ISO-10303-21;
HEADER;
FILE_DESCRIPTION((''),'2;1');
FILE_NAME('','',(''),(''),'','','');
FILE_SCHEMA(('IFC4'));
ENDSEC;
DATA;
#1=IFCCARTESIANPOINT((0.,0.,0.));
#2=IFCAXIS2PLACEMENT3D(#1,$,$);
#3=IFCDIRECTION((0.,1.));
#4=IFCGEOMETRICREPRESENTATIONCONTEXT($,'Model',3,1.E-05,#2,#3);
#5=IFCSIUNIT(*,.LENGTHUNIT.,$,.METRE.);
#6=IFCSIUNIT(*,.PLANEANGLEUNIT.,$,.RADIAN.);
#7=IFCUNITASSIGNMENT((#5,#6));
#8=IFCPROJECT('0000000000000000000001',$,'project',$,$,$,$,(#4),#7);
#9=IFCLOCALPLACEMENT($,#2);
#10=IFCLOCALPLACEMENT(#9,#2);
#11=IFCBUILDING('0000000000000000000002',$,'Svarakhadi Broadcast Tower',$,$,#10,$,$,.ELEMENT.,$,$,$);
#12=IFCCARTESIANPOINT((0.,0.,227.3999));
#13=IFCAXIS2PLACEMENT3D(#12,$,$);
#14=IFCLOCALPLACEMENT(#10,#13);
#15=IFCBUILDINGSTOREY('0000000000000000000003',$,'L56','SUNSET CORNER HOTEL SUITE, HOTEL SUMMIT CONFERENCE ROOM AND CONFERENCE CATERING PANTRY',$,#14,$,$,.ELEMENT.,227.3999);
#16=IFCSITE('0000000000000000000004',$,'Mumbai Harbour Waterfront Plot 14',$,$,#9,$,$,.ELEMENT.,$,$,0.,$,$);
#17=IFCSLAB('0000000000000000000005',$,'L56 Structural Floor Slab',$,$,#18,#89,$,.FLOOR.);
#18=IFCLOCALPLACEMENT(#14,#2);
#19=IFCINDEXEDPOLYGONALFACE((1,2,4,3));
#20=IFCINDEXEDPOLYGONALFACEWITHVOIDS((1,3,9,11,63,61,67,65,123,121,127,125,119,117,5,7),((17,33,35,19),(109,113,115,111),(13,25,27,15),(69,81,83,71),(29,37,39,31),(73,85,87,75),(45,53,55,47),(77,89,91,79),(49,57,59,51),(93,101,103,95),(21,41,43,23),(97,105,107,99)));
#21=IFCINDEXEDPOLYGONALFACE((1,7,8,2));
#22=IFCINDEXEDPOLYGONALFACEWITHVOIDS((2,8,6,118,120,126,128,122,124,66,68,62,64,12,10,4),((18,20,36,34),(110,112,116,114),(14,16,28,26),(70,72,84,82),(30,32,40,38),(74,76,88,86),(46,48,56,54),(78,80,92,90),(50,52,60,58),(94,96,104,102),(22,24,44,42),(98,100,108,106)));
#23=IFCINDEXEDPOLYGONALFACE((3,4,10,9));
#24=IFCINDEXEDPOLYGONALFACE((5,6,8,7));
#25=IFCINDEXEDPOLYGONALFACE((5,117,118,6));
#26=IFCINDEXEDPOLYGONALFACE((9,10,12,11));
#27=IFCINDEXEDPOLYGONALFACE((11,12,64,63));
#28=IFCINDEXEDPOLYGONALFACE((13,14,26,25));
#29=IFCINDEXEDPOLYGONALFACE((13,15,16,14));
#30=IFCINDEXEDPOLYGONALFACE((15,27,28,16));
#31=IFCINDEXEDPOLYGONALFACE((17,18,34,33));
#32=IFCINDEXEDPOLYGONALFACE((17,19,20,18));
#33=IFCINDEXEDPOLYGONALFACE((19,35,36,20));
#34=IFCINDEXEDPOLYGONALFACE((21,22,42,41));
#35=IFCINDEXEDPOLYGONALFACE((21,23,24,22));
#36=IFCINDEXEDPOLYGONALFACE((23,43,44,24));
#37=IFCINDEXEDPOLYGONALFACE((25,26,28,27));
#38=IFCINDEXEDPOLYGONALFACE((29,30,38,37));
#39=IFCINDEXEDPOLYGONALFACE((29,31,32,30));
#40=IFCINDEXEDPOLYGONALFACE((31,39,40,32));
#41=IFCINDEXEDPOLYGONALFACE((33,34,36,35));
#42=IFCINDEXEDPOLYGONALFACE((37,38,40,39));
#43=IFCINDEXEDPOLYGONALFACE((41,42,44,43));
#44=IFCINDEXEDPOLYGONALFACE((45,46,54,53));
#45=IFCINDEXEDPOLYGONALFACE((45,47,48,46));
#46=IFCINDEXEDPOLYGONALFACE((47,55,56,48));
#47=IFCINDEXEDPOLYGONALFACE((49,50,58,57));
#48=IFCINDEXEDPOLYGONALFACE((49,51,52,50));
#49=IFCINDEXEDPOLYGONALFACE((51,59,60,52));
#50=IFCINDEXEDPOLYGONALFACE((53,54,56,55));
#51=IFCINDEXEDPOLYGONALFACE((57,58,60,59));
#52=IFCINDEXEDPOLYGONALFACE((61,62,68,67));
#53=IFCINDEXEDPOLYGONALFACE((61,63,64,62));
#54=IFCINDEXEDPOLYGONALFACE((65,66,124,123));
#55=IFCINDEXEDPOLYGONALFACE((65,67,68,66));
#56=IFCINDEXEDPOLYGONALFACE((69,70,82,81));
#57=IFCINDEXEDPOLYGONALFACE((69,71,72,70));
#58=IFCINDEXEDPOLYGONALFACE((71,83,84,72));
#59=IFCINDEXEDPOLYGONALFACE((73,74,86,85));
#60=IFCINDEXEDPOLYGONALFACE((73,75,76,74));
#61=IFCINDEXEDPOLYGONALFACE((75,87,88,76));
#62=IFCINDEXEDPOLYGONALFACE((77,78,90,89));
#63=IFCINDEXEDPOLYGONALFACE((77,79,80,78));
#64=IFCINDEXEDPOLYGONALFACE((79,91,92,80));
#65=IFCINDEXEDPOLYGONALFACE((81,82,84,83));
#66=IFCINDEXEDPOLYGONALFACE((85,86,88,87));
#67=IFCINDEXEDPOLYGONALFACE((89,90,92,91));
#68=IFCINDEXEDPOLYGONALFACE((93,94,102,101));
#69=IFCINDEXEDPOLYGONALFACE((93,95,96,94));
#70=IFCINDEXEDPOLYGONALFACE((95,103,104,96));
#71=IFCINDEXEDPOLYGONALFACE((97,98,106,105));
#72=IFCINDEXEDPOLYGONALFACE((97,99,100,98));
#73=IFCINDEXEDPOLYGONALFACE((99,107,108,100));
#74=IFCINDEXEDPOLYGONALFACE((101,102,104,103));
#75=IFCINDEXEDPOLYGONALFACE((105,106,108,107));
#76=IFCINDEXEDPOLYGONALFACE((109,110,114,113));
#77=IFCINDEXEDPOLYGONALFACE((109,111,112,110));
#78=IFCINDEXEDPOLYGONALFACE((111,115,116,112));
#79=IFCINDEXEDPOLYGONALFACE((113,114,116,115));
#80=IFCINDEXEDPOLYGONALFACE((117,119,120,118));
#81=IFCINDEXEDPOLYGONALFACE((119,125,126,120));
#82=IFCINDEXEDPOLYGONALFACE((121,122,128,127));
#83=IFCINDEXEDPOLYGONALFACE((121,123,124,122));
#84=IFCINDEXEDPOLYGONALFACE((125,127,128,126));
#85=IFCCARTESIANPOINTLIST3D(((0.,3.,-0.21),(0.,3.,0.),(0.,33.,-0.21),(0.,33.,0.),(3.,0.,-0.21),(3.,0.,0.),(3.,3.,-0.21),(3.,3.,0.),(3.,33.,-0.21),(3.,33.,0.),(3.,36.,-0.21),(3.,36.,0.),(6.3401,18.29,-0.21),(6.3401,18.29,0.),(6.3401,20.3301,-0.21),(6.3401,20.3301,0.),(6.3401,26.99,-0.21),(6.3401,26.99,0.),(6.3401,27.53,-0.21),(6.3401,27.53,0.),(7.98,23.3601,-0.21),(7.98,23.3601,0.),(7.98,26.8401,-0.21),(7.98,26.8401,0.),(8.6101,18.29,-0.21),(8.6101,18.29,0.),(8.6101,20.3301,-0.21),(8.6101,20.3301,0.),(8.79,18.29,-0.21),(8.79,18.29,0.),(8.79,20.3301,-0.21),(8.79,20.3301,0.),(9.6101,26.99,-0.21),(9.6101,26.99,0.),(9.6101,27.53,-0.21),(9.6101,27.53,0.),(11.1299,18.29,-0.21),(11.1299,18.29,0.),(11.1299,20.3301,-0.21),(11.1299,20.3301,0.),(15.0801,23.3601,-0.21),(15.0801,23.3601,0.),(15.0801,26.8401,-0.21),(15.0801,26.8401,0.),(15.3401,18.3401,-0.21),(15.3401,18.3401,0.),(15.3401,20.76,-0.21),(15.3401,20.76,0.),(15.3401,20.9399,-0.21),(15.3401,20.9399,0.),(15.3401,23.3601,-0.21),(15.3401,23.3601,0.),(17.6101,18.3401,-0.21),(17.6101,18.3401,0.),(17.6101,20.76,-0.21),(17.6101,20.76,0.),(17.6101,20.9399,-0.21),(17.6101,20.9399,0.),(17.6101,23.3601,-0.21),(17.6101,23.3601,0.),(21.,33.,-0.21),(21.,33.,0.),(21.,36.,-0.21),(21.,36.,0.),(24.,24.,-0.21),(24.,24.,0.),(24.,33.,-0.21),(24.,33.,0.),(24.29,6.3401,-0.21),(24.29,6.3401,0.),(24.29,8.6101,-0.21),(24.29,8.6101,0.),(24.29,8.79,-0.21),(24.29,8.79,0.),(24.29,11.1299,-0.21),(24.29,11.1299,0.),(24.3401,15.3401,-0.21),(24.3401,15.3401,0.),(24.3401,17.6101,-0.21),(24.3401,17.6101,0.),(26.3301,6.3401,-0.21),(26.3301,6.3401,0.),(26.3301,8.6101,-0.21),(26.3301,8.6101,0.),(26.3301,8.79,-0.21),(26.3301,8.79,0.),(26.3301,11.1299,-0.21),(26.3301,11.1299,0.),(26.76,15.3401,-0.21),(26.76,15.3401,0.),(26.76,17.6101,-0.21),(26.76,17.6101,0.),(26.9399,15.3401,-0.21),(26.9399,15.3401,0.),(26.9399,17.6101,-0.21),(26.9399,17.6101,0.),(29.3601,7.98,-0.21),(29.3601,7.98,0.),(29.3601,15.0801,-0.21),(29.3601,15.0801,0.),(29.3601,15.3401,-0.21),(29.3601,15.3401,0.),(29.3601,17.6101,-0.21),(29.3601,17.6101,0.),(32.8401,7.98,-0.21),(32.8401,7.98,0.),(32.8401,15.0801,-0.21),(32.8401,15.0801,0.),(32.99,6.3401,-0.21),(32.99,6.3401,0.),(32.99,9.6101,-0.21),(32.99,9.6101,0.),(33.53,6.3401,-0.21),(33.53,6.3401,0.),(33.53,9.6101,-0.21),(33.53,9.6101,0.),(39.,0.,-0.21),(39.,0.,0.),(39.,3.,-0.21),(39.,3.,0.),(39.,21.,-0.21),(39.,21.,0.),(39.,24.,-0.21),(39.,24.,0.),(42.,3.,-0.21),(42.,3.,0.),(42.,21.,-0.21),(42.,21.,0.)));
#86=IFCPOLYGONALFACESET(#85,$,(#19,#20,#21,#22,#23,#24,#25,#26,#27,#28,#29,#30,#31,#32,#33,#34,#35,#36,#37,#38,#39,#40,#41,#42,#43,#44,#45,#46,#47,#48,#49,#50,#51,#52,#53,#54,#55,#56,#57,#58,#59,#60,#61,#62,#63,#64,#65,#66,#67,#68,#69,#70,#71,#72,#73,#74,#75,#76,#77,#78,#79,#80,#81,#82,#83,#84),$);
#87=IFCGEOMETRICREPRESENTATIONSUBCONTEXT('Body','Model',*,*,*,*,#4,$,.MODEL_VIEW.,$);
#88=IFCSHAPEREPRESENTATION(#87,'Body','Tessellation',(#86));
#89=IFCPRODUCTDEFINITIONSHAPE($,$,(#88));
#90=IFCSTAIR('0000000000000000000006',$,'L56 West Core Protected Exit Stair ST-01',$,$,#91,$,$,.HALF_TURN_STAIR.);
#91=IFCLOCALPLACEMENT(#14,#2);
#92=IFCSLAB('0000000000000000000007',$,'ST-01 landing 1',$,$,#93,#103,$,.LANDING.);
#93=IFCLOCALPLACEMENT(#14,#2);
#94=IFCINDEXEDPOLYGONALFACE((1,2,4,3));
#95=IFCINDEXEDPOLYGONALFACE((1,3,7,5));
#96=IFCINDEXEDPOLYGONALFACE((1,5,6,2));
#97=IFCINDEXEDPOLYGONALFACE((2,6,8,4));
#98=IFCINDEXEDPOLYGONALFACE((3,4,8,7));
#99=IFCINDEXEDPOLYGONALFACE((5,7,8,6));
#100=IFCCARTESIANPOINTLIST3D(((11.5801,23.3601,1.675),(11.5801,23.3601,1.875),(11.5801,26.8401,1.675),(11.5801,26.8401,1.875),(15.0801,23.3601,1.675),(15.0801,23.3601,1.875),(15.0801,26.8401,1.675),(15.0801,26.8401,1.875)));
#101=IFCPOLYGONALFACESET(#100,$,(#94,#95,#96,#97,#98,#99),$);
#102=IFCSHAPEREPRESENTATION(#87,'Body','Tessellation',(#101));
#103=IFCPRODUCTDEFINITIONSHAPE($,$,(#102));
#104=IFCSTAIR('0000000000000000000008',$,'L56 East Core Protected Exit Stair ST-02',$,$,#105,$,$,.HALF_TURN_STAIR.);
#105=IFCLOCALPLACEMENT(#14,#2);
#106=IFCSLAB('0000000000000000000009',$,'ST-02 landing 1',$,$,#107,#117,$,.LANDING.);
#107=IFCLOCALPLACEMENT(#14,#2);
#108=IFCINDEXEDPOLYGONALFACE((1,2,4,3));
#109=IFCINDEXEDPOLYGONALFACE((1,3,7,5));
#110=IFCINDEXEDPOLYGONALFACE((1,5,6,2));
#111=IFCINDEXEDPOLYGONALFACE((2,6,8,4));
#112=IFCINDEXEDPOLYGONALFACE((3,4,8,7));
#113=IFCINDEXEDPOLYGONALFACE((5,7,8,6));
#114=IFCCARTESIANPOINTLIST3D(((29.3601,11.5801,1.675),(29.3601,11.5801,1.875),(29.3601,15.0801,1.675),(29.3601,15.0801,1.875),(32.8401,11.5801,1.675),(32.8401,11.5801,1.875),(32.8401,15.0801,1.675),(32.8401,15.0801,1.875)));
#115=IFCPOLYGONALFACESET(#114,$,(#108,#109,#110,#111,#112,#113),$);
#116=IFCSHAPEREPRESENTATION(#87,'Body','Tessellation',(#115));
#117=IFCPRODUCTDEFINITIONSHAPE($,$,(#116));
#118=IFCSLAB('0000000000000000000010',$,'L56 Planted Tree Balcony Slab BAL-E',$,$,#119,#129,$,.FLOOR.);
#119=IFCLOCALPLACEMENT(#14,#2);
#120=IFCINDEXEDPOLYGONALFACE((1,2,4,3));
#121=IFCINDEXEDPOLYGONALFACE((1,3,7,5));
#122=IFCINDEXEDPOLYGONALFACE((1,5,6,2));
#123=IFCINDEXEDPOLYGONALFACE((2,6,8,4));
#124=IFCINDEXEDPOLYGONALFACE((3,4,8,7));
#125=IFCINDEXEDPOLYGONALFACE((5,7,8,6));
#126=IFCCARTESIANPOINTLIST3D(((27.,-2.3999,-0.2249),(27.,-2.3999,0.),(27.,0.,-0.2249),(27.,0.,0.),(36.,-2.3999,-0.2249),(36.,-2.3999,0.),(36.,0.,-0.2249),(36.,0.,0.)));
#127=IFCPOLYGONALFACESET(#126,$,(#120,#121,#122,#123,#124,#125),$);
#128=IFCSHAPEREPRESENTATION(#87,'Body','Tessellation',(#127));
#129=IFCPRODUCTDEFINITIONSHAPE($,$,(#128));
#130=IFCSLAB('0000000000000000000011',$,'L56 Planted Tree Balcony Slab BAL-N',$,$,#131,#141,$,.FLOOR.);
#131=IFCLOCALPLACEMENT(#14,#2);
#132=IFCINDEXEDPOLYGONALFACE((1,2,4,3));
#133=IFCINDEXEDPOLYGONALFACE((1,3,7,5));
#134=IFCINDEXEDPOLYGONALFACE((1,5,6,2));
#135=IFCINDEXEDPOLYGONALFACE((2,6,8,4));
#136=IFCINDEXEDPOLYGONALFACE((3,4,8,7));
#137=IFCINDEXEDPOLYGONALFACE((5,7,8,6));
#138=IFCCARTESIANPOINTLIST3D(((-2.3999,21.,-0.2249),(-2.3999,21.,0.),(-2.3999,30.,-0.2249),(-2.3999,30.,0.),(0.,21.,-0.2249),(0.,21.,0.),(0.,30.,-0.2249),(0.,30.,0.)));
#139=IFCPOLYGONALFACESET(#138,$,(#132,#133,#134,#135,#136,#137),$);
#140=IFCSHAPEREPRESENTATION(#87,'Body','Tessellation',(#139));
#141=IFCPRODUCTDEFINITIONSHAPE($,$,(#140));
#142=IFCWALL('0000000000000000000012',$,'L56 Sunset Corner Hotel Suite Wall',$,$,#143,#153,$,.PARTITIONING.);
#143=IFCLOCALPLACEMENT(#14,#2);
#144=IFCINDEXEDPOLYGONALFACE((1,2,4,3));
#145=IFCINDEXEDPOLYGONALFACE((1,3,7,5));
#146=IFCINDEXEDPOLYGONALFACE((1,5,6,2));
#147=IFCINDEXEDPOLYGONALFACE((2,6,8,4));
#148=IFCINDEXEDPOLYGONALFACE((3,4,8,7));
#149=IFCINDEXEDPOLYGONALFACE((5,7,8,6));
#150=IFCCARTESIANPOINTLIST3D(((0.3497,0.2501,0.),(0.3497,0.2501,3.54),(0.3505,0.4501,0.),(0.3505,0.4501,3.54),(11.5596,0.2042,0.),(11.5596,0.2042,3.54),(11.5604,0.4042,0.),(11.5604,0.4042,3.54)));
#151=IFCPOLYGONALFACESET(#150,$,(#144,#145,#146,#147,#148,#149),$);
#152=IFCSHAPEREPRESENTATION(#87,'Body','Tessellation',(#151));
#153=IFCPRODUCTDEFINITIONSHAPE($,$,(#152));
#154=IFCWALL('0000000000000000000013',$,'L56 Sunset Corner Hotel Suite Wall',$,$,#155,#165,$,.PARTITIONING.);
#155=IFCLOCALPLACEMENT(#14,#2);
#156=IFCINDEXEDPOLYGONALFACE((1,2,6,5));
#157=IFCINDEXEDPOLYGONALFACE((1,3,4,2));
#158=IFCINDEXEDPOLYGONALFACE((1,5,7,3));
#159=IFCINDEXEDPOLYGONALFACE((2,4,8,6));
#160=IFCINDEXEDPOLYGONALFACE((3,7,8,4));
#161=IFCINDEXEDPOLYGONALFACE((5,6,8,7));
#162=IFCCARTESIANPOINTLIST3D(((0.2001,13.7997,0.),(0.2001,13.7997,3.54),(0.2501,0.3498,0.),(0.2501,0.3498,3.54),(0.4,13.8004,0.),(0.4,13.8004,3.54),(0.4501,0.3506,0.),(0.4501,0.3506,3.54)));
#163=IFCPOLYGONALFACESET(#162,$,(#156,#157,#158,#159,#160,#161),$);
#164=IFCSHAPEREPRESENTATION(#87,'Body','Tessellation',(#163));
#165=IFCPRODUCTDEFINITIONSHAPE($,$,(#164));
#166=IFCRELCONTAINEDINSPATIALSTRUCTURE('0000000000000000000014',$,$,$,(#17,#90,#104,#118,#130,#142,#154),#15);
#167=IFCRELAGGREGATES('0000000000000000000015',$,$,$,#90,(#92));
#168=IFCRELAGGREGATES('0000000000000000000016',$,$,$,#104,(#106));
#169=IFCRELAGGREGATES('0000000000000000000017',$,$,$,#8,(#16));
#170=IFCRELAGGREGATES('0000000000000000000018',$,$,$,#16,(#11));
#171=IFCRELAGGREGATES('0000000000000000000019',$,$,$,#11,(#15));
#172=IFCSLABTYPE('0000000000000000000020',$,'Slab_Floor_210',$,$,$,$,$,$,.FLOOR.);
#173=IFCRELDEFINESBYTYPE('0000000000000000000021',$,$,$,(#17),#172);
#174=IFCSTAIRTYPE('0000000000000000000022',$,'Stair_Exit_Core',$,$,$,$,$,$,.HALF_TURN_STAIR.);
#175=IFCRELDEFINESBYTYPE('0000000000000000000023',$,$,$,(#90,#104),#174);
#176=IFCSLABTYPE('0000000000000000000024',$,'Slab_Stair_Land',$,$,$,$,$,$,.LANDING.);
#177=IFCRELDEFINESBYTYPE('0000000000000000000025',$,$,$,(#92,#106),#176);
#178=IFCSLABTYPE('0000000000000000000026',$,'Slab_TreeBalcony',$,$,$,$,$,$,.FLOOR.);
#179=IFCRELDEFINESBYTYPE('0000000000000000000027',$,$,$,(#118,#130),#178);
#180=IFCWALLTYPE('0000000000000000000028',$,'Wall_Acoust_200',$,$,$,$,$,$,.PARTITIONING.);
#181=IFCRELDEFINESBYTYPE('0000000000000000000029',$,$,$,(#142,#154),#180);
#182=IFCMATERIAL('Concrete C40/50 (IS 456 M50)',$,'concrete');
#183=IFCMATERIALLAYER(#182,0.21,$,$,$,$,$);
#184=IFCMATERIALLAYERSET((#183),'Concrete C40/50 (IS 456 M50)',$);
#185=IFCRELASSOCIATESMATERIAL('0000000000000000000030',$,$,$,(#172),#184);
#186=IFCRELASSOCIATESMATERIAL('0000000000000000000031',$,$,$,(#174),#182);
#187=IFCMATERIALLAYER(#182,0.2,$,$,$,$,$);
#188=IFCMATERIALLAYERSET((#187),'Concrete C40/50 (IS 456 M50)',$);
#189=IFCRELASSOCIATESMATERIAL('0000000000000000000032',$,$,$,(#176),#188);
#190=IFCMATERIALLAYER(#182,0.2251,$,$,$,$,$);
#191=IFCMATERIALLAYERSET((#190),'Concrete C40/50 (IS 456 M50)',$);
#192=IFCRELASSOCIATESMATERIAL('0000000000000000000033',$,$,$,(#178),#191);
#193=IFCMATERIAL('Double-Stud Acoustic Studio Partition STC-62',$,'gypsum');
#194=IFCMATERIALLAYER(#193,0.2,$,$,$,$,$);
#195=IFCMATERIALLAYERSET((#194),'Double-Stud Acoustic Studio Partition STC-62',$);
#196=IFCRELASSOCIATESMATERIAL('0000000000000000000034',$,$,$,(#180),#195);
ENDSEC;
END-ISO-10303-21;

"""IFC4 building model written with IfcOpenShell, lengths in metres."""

from ifc_helpers import new_model, si_unit, direction, frame, frame_2d, origin, place, context, subcontext, project, spatial, polyline, rectangle, outline, extrude, material, layer, layer_set, type_object, element, aggregate, save


model = new_model("IFC4")

# Units and contexts
model_context = context("Model", 3, precision=1e-05, world=origin(), true_north=direction((0.0, 1.0)))
body_context = subcontext(model_context, "Body", "Model", "MODEL_VIEW")
ifc_project = project(units=[si_unit("LENGTHUNIT", "METRE"), si_unit("PLANEANGLEUNIT", "RADIAN")], contexts=[model_context])

# Site, building, storey
site_placement = place(None, origin())
site = spatial("IfcSite", under=ifc_project, at=site_placement, Name="Mumbai Harbour Waterfront Plot 14", CompositionType="ELEMENT", RefElevation=0.0)
building_placement = place(site_placement, origin())
building = spatial("IfcBuilding", under=site, at=building_placement, Name="Svarakhadi Broadcast Tower", CompositionType="ELEMENT")
storey_placement = place(building_placement, frame((0.0, 0.0, 227.3999)))
storey = spatial("IfcBuildingStorey", under=building, at=storey_placement, Name="L56", Description="SUNSET CORNER HOTEL SUITE, HOTEL SUMMIT CONFERENCE ROOM AND CONFERENCE CATERING PANTRY", CompositionType="ELEMENT", Elevation=227.3999)

# Slab
ifc_material_1 = material(Name="Concrete C40/50 (IS 456 M50)", Category="concrete")
ifc_layer_1 = layer(ifc_material_1, 0.21)
ifc_layer_set_1 = layer_set([ifc_layer_1], Name="Concrete C40/50 (IS 456 M50)")
slab_type_1 = type_object("IfcSlabType", Name="Slab_Floor_210", PredefinedType="FLOOR", material=ifc_layer_set_1)
slab_1_placement = place(storey_placement, frame((0.0, 0.0, -0.21)))
element("IfcSlab", 1, at=slab_1_placement, inside=storey, type_object=slab_type_1, Name="L56 Structural Floor Slab", PredefinedType="FLOOR", context=body_context, shape_type="SweptSolid", body=[
    extrude(outline(polyline([(3.0, 0.0), (39.0, 0.0), (39.0, 3.0), (42.0, 3.0), (42.0, 21.0), (39.0, 21.0), (39.0, 24.0), (24.0, 24.0), (24.0, 33.0), (21.0, 33.0), (21.0, 36.0), (3.0, 36.0), (3.0, 33.0), (0.0, 33.0), (0.0, 3.0), (3.0, 3.0), (3.0, 0.0)]), holes=[polyline([(7.98, 23.3601), (15.0801, 23.3601), (15.0801, 26.8401), (7.98, 26.8401), (7.98, 23.3601)]), polyline([(32.8401, 7.98), (32.8401, 15.0801), (29.3601, 15.0801), (29.3601, 7.98), (32.8401, 7.98)]), polyline([(6.3401, 18.29), (8.6101, 18.29), (8.6101, 20.3301), (6.3401, 20.3301), (6.3401, 18.29)]), polyline([(8.79, 18.29), (11.1299, 18.29), (11.1299, 20.3301), (8.79, 20.3301), (8.79, 18.29)]), polyline([(24.29, 6.3401), (26.3301, 6.3401), (26.3301, 8.6101), (24.29, 8.6101), (24.29, 6.3401)]), polyline([(24.29, 8.79), (26.3301, 8.79), (26.3301, 11.1299), (24.29, 11.1299), (24.29, 8.79)]), polyline([(6.3401, 26.99), (9.6101, 26.99), (9.6101, 27.53), (6.3401, 27.53), (6.3401, 26.99)]), polyline([(32.99, 6.3401), (33.53, 6.3401), (33.53, 9.6101), (32.99, 9.6101), (32.99, 6.3401)]), polyline([(15.3401, 18.3401), (17.6101, 18.3401), (17.6101, 20.76), (15.3401, 20.76), (15.3401, 18.3401)]), polyline([(15.3401, 20.9399), (17.6101, 20.9399), (17.6101, 23.3601), (15.3401, 23.3601), (15.3401, 20.9399)]), polyline([(24.3401, 15.3401), (26.76, 15.3401), (26.76, 17.6101), (24.3401, 17.6101), (24.3401, 15.3401)]), polyline([(26.9399, 15.3401), (29.3601, 15.3401), (29.3601, 17.6101), (26.9399, 17.6101), (26.9399, 15.3401)])]), origin(), (0.0, 0.0, 1.0), 0.21),
])

# Stairs, slabs
stair_type = type_object("IfcStairType", Name="Stair_Exit_Core", PredefinedType="HALF_TURN_STAIR", material=ifc_material_1)
stair_1_placement = place(storey_placement, origin())
stair_1 = element("IfcStair", 2, at=stair_1_placement, inside=storey, type_object=stair_type, Name="L56 West Core Protected Exit Stair ST-01", PredefinedType="HALF_TURN_STAIR")
ifc_layer_2 = layer(ifc_material_1, 0.2)
ifc_layer_set_2 = layer_set([ifc_layer_2], Name="Concrete C40/50 (IS 456 M50)")
slab_type_2 = type_object("IfcSlabType", Name="Slab_Stair_Land", PredefinedType="LANDING", material=ifc_layer_set_2)
slab_2_placement = place(storey_placement, frame((0.0, 0.0, 1.675)))
slab_2 = element("IfcSlab", 3, at=slab_2_placement, type_object=slab_type_2, Name="ST-01 landing 1", PredefinedType="LANDING", context=body_context, shape_type="SweptSolid", body=[
    extrude(outline(polyline([(11.5801, 23.3601), (15.0801, 23.3601), (15.0801, 26.8401), (11.5801, 26.8401), (11.5801, 23.3601)])), origin(), (0.0, 0.0, 1.0), 0.2),
])
aggregate(stair_1, [slab_2])
stair_2_placement = place(storey_placement, origin())
stair_2 = element("IfcStair", 4, at=stair_2_placement, inside=storey, type_object=stair_type, Name="L56 East Core Protected Exit Stair ST-02", PredefinedType="HALF_TURN_STAIR")
slab_3_placement = place(storey_placement, frame((0.0, 0.0, 1.675)))
slab_3 = element("IfcSlab", 5, at=slab_3_placement, type_object=slab_type_2, Name="ST-02 landing 1", PredefinedType="LANDING", context=body_context, shape_type="SweptSolid", body=[
    extrude(outline(polyline([(32.8401, 11.5801), (32.8401, 15.0801), (29.3601, 15.0801), (29.3601, 11.5801), (32.8401, 11.5801)])), origin(), (0.0, 0.0, 1.0), 0.2),
])
aggregate(stair_2, [slab_3])

# Slabs
ifc_layer_3 = layer(ifc_material_1, 0.2251)
ifc_layer_set_3 = layer_set([ifc_layer_3], Name="Concrete C40/50 (IS 456 M50)")
slab_type_3 = type_object("IfcSlabType", Name="Slab_TreeBalcony", PredefinedType="FLOOR", material=ifc_layer_set_3)
slab_4_placement = place(storey_placement, frame((0.0, 0.0, -0.2249)))
element("IfcSlab", 6, at=slab_4_placement, inside=storey, type_object=slab_type_3, Name="L56 Planted Tree Balcony Slab BAL-E", PredefinedType="FLOOR", context=body_context, shape_type="SweptSolid", body=[
    extrude(outline(polyline([(27.0, -2.3999), (36.0, -2.3999), (36.0, 0.0), (27.0, 0.0), (27.0, -2.3999)])), origin(), (0.0, 0.0, 1.0), 0.2249),
])
slab_5_placement = place(storey_placement, frame((0.0, 0.0, -0.2249)))
element("IfcSlab", 7, at=slab_5_placement, inside=storey, type_object=slab_type_3, Name="L56 Planted Tree Balcony Slab BAL-N", PredefinedType="FLOOR", context=body_context, shape_type="SweptSolid", body=[
    extrude(outline(polyline([(-2.3999, 21.0), (0.0, 21.0), (0.0, 30.0), (-2.3999, 30.0), (-2.3999, 21.0)])), origin(), (0.0, 0.0, 1.0), 0.2249),
])

# Walls
ifc_material_2 = material(Name="Double-Stud Acoustic Studio Partition STC-62", Category="gypsum")
ifc_layer_4 = layer(ifc_material_2, 0.2)
ifc_layer_set_4 = layer_set([ifc_layer_4], Name="Double-Stud Acoustic Studio Partition STC-62")
wall_type = type_object("IfcWallType", Name="Wall_Acoust_200", PredefinedType="PARTITIONING", material=ifc_layer_set_4)
wall_1_placement = place(storey_placement, frame((0.3501, 0.3501, 0.0), z_axis=(0.0, 0.0, 1.0), x_axis=(0.999992, -0.004094, 0.0)))
element("IfcWall", 8, at=wall_1_placement, inside=storey, type_object=wall_type, Name="L56 Sunset Corner Hotel Suite Wall", PredefinedType="PARTITIONING", context=body_context, shape_type="SweptSolid", body=[
    extrude(rectangle(XDim=11.21, YDim=0.2, at=frame_2d((5.605, 0.0))), origin(), (0.0, 0.0, 1.0), 3.54),
])
wall_2_placement = place(storey_placement, frame((0.3501, 0.3501, 0.0), z_axis=(0.0, 0.0, 1.0), x_axis=(-0.003721, 0.999993, 0.0)))
element("IfcWall", 9, at=wall_2_placement, inside=storey, type_object=wall_type, Name="L56 Sunset Corner Hotel Suite Wall", PredefinedType="PARTITIONING", context=body_context, shape_type="SweptSolid", body=[
    extrude(rectangle(XDim=13.45, YDim=0.2, at=frame_2d((6.7251, 0.0))), origin(), (0.0, 0.0, 1.0), 3.54),
])

save(model, "model.ifc")
